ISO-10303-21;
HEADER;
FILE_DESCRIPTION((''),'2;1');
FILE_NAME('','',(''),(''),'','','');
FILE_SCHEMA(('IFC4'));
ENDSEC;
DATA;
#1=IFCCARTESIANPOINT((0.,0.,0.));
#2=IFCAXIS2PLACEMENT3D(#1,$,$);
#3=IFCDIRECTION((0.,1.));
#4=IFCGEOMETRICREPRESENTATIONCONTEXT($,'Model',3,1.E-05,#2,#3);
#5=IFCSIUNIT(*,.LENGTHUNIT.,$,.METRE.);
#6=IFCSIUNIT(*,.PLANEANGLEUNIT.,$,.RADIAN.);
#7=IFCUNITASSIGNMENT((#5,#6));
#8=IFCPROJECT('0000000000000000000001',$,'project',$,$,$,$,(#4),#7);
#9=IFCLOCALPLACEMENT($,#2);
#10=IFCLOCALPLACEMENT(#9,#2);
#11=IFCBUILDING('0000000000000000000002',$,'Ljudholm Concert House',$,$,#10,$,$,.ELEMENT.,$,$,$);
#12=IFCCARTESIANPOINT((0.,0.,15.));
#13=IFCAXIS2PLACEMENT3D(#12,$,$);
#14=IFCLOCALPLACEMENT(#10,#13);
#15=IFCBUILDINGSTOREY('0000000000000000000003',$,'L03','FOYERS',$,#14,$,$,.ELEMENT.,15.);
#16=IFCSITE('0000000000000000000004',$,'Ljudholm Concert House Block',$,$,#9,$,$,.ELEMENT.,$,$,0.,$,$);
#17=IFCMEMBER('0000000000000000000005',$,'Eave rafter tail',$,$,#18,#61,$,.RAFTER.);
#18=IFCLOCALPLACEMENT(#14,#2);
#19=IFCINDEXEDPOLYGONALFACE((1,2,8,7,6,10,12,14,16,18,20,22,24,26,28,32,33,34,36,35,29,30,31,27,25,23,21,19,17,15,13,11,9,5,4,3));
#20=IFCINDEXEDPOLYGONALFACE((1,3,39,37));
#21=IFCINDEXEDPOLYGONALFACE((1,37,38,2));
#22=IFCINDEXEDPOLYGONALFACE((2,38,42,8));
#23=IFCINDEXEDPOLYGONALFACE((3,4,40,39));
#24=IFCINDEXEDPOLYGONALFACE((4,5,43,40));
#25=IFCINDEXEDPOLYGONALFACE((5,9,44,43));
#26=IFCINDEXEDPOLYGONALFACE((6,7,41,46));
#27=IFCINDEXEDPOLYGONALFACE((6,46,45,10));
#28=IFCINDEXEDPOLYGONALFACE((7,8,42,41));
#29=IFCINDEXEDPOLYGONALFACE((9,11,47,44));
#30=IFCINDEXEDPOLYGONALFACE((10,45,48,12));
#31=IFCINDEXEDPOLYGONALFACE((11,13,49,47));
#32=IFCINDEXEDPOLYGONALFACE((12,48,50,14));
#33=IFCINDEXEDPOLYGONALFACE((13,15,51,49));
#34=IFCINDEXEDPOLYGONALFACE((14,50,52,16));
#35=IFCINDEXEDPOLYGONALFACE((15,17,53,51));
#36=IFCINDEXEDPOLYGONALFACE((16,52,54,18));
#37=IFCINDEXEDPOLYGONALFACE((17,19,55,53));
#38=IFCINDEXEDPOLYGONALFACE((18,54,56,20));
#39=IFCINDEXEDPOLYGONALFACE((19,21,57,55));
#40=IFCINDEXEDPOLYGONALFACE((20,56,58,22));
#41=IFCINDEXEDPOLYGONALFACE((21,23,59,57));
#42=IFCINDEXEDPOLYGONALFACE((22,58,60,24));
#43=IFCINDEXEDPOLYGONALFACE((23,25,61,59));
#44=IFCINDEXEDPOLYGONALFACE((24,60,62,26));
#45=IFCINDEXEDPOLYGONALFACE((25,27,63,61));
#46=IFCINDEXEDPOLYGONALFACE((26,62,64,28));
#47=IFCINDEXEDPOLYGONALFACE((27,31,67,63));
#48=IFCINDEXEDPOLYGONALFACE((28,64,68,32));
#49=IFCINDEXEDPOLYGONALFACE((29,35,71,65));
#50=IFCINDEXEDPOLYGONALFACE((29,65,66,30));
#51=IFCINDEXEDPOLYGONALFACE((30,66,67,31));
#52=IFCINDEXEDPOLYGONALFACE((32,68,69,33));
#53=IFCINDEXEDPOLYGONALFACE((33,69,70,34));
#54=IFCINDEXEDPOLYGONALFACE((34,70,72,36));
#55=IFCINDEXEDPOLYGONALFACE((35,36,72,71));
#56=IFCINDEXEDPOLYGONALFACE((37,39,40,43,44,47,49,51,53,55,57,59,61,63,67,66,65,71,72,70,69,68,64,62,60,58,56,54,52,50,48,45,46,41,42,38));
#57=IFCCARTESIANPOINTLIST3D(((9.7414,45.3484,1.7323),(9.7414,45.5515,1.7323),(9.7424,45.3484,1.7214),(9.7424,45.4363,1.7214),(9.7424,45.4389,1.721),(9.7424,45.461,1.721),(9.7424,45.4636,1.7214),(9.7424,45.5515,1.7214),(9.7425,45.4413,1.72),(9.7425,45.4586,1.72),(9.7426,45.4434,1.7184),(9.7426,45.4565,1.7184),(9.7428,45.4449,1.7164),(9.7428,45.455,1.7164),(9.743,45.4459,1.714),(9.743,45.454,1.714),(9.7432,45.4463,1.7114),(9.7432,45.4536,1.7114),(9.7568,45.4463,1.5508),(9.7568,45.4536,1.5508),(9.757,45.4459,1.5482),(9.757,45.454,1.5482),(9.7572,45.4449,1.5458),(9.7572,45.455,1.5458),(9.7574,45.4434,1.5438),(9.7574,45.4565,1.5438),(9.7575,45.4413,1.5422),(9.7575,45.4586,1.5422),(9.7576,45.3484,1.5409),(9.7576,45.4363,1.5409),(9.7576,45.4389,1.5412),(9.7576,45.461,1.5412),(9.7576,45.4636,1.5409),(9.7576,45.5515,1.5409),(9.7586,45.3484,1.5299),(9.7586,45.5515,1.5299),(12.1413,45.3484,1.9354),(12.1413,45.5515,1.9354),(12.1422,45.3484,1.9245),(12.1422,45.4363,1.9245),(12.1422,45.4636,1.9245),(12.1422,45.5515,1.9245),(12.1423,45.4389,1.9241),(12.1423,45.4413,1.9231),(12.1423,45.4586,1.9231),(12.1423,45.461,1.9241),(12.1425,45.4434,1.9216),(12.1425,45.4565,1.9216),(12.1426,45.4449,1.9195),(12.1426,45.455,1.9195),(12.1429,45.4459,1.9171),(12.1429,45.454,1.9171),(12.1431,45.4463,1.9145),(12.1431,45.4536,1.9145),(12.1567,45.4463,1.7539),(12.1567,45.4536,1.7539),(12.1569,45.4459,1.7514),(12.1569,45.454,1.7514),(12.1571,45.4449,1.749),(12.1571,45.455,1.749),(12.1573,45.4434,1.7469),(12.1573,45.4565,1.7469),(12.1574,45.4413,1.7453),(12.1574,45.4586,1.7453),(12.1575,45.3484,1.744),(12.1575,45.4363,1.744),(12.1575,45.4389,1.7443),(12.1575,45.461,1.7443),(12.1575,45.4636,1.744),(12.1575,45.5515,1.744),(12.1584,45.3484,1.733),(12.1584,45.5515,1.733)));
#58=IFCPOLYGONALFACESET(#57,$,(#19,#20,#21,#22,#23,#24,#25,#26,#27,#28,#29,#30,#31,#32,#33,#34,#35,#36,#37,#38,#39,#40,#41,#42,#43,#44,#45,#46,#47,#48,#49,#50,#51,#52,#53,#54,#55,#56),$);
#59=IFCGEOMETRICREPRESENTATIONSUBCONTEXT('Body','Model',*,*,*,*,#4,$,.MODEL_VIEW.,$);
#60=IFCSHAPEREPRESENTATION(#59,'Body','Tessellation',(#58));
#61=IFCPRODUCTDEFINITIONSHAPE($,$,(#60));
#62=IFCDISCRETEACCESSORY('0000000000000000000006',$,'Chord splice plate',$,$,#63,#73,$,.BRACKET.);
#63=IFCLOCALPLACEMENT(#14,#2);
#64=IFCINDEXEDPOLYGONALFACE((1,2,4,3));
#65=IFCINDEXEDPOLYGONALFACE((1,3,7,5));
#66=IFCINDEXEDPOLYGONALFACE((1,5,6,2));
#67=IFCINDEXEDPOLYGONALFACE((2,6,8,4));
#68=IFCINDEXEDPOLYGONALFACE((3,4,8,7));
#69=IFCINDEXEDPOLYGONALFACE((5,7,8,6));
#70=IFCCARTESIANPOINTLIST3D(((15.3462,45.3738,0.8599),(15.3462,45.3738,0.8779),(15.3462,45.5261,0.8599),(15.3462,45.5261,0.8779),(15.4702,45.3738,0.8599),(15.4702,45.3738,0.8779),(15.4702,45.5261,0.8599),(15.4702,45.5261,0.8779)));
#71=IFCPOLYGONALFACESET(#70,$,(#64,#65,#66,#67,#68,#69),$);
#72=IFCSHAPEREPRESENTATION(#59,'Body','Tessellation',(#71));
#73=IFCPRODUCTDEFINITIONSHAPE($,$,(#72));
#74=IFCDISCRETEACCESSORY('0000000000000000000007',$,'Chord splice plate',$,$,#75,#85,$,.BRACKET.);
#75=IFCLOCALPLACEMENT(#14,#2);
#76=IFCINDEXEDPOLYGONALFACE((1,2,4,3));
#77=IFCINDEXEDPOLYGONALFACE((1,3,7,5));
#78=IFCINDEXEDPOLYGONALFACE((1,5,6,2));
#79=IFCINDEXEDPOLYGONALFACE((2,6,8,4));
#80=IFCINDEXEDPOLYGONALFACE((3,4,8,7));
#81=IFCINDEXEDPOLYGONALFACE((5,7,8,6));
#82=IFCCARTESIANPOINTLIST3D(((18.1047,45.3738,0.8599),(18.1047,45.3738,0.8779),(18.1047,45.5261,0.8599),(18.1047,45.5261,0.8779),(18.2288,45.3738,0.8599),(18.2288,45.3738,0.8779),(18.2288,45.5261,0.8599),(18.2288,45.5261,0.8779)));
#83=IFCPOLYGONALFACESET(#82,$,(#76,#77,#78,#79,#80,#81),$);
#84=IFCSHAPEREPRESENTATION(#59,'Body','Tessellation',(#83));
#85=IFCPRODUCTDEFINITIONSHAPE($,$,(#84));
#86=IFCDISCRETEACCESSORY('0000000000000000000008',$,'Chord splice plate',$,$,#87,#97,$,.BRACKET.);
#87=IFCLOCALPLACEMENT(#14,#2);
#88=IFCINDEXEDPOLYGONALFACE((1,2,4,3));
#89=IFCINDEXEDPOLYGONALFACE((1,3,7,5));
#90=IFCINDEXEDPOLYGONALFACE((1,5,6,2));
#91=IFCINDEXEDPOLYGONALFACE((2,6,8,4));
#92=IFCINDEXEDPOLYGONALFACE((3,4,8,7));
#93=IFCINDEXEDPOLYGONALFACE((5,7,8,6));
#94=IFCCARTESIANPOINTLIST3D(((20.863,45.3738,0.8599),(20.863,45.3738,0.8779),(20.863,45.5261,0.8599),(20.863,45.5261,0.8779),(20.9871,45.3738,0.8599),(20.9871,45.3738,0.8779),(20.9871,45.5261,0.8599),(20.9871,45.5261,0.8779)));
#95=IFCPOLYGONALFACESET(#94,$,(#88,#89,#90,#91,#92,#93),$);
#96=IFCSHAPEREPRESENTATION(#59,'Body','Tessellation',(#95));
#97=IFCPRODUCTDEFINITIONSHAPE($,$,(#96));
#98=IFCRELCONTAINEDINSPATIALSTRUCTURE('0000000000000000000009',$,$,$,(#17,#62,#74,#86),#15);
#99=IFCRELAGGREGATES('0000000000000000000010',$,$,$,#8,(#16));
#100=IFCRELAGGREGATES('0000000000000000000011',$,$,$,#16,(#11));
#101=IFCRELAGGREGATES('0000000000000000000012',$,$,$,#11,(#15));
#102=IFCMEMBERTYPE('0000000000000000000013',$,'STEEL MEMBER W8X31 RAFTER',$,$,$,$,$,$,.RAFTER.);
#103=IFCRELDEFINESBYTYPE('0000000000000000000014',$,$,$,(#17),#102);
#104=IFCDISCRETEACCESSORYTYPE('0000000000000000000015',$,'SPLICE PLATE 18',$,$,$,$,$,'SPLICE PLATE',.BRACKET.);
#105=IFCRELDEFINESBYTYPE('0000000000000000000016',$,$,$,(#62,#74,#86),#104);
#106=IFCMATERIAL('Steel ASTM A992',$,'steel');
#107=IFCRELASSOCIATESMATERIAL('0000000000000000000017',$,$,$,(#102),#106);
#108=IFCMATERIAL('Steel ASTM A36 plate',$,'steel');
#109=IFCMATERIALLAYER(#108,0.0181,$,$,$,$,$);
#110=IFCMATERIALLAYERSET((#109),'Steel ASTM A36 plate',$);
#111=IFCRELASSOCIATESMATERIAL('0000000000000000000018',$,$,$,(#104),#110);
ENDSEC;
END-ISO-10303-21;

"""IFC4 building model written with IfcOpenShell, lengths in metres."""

from ifc_helpers import new_model, si_unit, direction, frame, origin, origin_2d, place, context, subcontext, project, spatial, rectangle, i_section, extrude, material, layer, layer_set, material_profile, profile_set, type_object, element, save


model = new_model("IFC4")

# Units and contexts
model_context = context("Model", 3, precision=1e-05, world=origin(), true_north=direction((0.0, 1.0)))
body_context = subcontext(model_context, "Body", "Model", "MODEL_VIEW")
ifc_project = project(units=[si_unit("LENGTHUNIT", "METRE"), si_unit("PLANEANGLEUNIT", "RADIAN")], contexts=[model_context])

# Site, building, storey
site_placement = place(None, origin())
site = spatial("IfcSite", under=ifc_project, at=site_placement, Name="Ljudholm Concert House Block", CompositionType="ELEMENT", RefElevation=0.0)
building_placement = place(site_placement, origin())
building = spatial("IfcBuilding", under=site, at=building_placement, Name="Ljudholm Concert House", CompositionType="ELEMENT")
storey_placement = place(building_placement, frame((0.0, 0.0, 15.0)))
storey = spatial("IfcBuildingStorey", under=building, at=storey_placement, Name="L03", Description="FOYERS", CompositionType="ELEMENT", Elevation=15.0)

# Member
ifc_material_1 = material(Name="Steel ASTM A992", Category="steel")
ifc_material_profile_1 = material_profile(ifc_material_1, i_section(OverallWidth=0.2031, OverallDepth=0.2031, WebThickness=0.0073, FlangeThickness=0.011, FilletRadius=0.01, at=origin_2d()), Name="W8X31")
ifc_profile_set_1 = profile_set([ifc_material_profile_1], Name="Steel ASTM A992")
member_type_1 = type_object("IfcMemberType", Name="STEEL MEMBER W8X31 RAFTER", PredefinedType="RAFTER", material=ifc_profile_set_1)
member_1_placement = place(storey_placement, frame((9.75, 45.45, 1.6311), z_axis=(0.996437, 0.0, 0.084337), x_axis=(0.0, 1.0, 0.0)))
element("IfcMember", 1, at=member_1_placement, inside=storey, type_object=member_type_1, Name="Eave rafter tail", PredefinedType="RAFTER", context=body_context, shape_type="SweptSolid", body=[
    extrude(i_section(OverallWidth=0.2031, OverallDepth=0.2031, WebThickness=0.0073, FlangeThickness=0.011, FilletRadius=0.01, at=origin_2d()), origin(), (0.0, 0.0, 1.0), 2.4084),
])

# Discrete accessories
ifc_material_2 = material(Name="Steel ASTM A36 plate", Category="steel")
ifc_layer = layer(ifc_material_2, 0.0181)
ifc_layer_set = layer_set([ifc_layer], Name="Steel ASTM A36 plate")
discrete_accessory_type = type_object("IfcDiscreteAccessoryType", Name="SPLICE PLATE 18", ElementType="SPLICE PLATE", PredefinedType="BRACKET", material=ifc_layer_set)
for number, where, z_axis, x_axis, name in (
    (2, (15.4082, 45.45, 0.8599), (0.0, 0.0, 1.0), (1.0, 0.0, 0.0), "Chord splice plate"),
    (3, (18.1667, 45.45, 0.8599), (0.0, 0.0, 1.0), (1.0, 0.0, 0.0), "Chord splice plate"),
    (4, (20.925, 45.45, 0.8599), (0.0, 0.0, 1.0), (1.0, 0.0, 0.0), "Chord splice plate"),
):
    element("IfcDiscreteAccessory", number, at=place(storey_placement, frame(where, z_axis=z_axis, x_axis=x_axis)), inside=storey, type_object=discrete_accessory_type, Name=name, PredefinedType="BRACKET", context=body_context, shape_type="SweptSolid", body=[
        extrude(rectangle(XDim=0.124, YDim=0.1523, at=origin_2d()), origin(), (0.0, 0.0, 1.0), 0.0181),
    ])

save(model, "model.ifc")
